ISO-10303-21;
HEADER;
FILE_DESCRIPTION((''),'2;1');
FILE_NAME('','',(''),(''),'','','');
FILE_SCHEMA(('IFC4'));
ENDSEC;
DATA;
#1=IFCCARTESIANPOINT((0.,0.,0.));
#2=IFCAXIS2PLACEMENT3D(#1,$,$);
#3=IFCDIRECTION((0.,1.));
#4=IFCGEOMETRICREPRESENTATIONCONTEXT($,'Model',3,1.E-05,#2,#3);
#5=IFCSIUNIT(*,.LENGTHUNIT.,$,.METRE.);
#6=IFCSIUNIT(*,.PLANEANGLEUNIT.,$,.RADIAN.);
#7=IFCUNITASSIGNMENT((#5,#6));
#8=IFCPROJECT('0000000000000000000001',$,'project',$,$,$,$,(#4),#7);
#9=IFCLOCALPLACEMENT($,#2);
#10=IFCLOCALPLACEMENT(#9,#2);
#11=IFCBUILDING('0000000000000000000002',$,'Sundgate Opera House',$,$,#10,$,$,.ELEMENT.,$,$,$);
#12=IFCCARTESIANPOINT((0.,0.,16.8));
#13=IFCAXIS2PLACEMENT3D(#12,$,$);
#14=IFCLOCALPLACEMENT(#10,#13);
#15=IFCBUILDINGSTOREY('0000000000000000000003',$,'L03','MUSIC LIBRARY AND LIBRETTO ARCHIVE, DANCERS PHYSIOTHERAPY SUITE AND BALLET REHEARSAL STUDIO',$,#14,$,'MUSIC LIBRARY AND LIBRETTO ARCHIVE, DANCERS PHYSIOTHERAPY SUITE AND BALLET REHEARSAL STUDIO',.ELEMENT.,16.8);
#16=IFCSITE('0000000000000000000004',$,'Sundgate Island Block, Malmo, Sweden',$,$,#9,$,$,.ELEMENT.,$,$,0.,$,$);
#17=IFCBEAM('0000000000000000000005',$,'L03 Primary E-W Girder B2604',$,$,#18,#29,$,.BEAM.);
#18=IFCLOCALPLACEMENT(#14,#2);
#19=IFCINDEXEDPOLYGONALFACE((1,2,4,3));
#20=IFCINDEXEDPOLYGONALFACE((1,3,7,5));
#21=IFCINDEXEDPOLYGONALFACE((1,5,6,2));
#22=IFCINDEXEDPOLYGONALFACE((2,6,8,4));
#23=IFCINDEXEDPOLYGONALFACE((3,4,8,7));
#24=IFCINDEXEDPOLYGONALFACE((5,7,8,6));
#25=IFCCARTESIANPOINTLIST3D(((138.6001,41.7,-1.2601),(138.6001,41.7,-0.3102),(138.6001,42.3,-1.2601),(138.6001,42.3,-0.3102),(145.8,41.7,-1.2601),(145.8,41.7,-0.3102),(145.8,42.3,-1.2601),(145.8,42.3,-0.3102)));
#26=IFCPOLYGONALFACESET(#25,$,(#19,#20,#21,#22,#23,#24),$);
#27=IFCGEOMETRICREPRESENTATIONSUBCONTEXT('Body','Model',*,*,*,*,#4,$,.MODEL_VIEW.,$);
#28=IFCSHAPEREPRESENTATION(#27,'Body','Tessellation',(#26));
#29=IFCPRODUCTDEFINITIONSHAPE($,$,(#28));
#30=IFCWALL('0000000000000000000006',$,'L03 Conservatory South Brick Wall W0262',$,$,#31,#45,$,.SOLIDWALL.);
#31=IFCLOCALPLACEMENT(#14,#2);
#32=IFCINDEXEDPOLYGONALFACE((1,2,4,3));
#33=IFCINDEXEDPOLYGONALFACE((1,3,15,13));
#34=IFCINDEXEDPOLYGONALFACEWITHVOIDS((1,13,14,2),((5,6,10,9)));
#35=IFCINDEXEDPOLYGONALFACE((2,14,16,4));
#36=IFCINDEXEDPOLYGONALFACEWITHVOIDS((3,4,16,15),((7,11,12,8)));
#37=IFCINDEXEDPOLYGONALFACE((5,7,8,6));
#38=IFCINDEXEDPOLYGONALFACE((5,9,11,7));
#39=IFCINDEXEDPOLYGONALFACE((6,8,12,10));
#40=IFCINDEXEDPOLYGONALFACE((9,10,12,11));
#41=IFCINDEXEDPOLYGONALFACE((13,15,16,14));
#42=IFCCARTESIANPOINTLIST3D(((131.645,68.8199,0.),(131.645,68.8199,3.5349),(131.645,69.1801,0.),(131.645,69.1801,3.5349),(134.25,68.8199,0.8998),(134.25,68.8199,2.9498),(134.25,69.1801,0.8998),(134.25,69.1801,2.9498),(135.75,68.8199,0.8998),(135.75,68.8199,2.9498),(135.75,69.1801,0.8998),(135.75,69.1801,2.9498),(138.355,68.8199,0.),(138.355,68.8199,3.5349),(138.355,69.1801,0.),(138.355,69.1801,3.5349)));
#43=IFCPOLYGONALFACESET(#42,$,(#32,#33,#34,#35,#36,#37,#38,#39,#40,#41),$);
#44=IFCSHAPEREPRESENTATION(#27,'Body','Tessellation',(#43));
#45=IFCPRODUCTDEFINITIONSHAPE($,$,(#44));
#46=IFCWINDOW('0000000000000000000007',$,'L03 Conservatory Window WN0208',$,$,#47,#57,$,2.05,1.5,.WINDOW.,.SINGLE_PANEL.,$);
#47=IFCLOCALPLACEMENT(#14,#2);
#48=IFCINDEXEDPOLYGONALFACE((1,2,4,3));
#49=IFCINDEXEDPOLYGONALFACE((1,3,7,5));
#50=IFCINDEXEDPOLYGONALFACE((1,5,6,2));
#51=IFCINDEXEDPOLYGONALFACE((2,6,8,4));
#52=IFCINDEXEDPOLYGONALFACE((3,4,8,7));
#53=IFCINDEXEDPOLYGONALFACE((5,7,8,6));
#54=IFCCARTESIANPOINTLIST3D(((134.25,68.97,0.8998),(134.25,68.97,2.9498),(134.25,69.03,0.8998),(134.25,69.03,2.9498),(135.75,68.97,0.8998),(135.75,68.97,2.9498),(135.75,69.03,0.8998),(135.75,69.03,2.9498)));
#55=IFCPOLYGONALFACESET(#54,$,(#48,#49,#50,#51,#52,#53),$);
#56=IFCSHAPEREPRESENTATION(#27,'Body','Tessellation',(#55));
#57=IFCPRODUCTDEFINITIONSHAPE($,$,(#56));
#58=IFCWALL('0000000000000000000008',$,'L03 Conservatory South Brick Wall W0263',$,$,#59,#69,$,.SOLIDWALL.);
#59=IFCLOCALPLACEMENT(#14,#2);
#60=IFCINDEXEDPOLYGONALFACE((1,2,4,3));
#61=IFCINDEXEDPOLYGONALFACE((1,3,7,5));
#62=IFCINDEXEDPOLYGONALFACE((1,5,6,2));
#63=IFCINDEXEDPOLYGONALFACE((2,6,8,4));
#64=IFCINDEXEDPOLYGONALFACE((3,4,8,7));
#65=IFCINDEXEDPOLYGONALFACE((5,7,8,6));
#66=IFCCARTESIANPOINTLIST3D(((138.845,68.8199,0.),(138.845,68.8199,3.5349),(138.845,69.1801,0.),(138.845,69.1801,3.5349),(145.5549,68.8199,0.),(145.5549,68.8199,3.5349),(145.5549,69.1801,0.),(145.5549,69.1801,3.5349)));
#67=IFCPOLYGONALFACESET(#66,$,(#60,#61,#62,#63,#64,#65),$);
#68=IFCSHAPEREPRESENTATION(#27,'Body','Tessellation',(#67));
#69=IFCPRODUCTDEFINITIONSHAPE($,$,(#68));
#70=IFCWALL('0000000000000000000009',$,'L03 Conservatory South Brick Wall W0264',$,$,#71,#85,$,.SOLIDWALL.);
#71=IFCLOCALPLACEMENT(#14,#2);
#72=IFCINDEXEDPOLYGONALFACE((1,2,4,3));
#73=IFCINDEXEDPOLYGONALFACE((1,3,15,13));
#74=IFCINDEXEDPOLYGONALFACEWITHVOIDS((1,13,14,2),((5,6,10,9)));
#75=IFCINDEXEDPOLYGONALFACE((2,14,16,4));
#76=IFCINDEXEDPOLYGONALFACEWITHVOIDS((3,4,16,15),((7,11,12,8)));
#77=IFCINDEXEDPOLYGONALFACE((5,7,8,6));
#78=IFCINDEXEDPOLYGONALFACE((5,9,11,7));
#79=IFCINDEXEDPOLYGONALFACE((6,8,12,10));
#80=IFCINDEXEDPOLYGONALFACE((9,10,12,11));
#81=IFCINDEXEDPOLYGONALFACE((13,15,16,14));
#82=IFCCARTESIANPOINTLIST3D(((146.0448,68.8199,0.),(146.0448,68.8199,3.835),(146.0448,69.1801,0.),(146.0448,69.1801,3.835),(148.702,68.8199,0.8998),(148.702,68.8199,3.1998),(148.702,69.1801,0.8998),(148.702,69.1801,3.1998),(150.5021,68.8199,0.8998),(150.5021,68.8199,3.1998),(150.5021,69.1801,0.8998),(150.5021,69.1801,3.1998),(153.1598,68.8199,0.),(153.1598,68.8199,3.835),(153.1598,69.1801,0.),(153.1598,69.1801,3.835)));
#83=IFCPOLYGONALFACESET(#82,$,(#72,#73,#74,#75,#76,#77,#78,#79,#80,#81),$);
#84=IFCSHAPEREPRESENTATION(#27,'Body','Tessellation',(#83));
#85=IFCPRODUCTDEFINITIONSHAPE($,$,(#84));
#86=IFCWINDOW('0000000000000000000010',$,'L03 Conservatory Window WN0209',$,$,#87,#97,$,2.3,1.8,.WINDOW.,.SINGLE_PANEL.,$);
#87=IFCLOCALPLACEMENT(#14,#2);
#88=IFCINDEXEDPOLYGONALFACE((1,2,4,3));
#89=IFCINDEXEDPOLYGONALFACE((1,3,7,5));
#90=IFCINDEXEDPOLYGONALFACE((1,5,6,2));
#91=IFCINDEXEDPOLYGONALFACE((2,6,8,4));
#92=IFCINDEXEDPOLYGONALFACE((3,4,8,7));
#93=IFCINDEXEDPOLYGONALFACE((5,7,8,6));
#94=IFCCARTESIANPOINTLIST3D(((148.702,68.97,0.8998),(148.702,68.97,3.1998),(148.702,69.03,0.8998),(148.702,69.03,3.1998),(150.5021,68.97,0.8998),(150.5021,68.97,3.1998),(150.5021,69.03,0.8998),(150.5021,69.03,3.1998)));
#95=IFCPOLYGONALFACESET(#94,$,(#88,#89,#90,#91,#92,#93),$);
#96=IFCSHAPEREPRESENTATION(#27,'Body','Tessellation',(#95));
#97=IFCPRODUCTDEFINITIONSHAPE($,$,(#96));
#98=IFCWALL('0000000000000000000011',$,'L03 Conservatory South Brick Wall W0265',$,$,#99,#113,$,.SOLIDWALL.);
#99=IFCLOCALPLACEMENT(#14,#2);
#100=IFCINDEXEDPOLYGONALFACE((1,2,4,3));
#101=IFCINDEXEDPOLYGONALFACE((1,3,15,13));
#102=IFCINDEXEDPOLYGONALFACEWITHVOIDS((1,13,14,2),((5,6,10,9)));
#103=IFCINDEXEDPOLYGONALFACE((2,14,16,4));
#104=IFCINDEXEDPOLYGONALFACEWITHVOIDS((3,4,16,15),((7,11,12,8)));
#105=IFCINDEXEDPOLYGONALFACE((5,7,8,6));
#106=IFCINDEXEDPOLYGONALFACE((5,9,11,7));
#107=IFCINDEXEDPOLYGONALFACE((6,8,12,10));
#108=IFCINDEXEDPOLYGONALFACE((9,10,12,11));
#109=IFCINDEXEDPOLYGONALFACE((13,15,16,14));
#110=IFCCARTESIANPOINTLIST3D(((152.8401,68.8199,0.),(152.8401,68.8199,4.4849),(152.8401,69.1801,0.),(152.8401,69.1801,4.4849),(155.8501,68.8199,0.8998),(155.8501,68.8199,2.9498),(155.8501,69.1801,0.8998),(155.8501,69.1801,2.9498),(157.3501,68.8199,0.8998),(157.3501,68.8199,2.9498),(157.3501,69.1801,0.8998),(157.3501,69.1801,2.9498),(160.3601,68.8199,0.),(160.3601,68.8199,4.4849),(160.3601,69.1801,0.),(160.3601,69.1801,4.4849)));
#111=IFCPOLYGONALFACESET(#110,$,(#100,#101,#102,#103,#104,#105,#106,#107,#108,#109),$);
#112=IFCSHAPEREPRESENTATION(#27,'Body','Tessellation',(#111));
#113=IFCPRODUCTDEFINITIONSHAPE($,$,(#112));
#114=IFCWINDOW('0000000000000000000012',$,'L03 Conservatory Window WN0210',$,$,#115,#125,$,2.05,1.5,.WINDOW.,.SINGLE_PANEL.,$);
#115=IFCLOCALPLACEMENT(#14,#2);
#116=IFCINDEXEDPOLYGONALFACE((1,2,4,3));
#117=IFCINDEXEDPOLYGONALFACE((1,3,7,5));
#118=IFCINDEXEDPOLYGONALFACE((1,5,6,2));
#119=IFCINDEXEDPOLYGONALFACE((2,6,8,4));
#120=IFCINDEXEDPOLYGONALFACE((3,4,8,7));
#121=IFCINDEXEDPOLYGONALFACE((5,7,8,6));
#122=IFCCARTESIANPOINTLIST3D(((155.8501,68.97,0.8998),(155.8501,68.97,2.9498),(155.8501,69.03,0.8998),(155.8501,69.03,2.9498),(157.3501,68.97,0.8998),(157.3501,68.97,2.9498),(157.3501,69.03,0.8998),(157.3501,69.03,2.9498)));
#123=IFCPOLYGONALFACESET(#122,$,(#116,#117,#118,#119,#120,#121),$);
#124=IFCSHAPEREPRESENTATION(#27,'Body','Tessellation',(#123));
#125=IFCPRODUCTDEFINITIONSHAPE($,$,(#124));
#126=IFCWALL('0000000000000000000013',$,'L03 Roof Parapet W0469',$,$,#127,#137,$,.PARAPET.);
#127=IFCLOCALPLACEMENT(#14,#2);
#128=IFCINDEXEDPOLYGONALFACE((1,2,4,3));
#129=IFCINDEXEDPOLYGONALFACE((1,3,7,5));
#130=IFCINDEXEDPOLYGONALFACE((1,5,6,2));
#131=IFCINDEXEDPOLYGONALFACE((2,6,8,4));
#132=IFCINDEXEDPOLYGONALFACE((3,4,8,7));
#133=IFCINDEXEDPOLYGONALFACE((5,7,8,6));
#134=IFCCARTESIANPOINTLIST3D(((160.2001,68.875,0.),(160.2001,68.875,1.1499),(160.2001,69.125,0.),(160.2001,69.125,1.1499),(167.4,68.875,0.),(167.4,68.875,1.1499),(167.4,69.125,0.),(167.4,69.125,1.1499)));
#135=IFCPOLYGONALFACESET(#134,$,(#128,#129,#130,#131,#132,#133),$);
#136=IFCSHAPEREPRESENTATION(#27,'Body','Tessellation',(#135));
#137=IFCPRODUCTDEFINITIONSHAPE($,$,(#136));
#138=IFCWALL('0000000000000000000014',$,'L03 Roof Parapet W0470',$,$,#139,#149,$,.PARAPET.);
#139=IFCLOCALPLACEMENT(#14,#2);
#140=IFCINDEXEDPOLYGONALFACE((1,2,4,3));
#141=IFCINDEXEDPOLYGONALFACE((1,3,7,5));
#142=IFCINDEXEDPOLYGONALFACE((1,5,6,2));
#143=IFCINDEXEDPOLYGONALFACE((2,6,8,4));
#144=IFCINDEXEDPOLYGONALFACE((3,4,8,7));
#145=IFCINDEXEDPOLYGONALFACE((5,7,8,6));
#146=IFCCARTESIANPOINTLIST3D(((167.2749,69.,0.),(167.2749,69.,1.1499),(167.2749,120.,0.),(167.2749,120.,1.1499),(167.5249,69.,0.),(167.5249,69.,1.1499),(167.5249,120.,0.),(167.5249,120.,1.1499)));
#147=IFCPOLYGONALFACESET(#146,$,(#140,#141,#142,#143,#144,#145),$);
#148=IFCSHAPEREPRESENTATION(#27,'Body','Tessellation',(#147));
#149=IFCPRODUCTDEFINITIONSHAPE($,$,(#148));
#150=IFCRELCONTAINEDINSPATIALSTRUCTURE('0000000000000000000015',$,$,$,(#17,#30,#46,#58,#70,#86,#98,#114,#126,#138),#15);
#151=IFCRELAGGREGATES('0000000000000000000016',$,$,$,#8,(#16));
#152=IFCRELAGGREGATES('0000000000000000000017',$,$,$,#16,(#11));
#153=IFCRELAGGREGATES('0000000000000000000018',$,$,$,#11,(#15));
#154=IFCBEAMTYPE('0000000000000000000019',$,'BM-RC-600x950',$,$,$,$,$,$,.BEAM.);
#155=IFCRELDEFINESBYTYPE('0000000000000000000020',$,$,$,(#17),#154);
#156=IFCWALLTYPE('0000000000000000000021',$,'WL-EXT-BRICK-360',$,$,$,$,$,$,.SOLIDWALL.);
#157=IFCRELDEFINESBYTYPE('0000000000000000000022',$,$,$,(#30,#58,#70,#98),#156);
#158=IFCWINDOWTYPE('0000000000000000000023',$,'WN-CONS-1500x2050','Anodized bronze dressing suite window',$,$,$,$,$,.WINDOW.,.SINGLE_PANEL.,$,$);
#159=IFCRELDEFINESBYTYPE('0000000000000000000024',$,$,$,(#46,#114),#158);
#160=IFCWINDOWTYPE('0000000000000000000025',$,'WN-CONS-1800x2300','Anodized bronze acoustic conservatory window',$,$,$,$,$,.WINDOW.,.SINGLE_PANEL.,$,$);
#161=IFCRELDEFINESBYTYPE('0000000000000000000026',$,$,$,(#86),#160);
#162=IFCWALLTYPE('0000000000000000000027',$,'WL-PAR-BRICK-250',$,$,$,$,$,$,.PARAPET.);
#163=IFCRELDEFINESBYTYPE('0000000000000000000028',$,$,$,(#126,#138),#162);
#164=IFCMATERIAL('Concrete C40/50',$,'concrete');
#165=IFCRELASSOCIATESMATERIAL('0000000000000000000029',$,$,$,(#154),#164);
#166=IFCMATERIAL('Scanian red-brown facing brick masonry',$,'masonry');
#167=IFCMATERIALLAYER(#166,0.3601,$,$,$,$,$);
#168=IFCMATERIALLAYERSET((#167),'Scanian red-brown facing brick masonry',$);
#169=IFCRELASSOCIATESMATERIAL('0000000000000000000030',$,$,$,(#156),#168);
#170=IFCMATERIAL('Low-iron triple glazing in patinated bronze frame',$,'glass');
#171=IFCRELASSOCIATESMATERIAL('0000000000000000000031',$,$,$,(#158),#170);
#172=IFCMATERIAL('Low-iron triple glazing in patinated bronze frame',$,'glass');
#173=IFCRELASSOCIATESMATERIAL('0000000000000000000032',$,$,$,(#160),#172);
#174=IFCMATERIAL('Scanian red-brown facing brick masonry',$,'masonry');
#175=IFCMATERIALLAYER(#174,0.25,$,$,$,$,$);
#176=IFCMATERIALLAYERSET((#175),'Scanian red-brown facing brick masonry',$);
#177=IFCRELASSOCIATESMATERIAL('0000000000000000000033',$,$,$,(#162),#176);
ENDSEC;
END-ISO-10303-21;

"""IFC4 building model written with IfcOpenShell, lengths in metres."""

from ifc_helpers import new_model, si_unit, direction, frame, frame_2d, origin, origin_2d, place, context, subcontext, project, spatial, rectangle, extrude, material, layer, layer_set, material_profile, profile_set, type_object, element, fill, save


model = new_model("IFC4")

# Units and contexts
model_context = context("Model", 3, precision=1e-05, world=origin(), true_north=direction((0.0, 1.0)))
body_context = subcontext(model_context, "Body", "Model", "MODEL_VIEW")
ifc_project = project(units=[si_unit("LENGTHUNIT", "METRE"), si_unit("PLANEANGLEUNIT", "RADIAN")], contexts=[model_context])

# Site, building, storey
site_placement = place(None, origin())
site = spatial("IfcSite", under=ifc_project, at=site_placement, Name="Sundgate Island Block, Malmo, Sweden", CompositionType="ELEMENT", RefElevation=0.0)
building_placement = place(site_placement, origin())
building = spatial("IfcBuilding", under=site, at=building_placement, Name="Sundgate Opera House", CompositionType="ELEMENT")
storey_placement = place(building_placement, frame((0.0, 0.0, 16.8)))
storey = spatial("IfcBuildingStorey", under=building, at=storey_placement, Name="L03", Description="MUSIC LIBRARY AND LIBRETTO ARCHIVE, DANCERS PHYSIOTHERAPY SUITE AND BALLET REHEARSAL STUDIO", LongName="MUSIC LIBRARY AND LIBRETTO ARCHIVE, DANCERS PHYSIOTHERAPY SUITE AND BALLET REHEARSAL STUDIO", CompositionType="ELEMENT", Elevation=16.8)

# Beam
ifc_material_1 = material(Name="Concrete C40/50", Category="concrete")
ifc_material_profile_1 = material_profile(ifc_material_1, rectangle(XDim=0.6001, YDim=0.95, at=origin_2d()), Name="RC 600x950")
ifc_profile_set_1 = profile_set([ifc_material_profile_1], Name="Concrete C40/50")
beam_type_1 = type_object("IfcBeamType", Name="BM-RC-600x950", PredefinedType="BEAM", material=ifc_profile_set_1)
beam_1_placement = place(storey_placement, frame((138.6001, 42.0, -0.7852), z_axis=(1.0, 0.0, 0.0), x_axis=(0.0, 1.0, 0.0)))
element("IfcBeam", 1, at=beam_1_placement, inside=storey, type_object=beam_type_1, Name="L03 Primary E-W Girder B2604", PredefinedType="BEAM", context=body_context, shape_type="SweptSolid", body=[
    extrude(rectangle(XDim=0.6001, YDim=0.95, at=origin_2d()), origin(), (0.0, 0.0, 1.0), 7.2),
])

# Wall, opening, window
ifc_material_2 = material(Name="Scanian red-brown facing brick masonry", Category="masonry")
ifc_layer_1 = layer(ifc_material_2, 0.3601)
ifc_layer_set_1 = layer_set([ifc_layer_1], Name="Scanian red-brown facing brick masonry")
wall_type_1 = type_object("IfcWallType", Name="WL-EXT-BRICK-360", PredefinedType="SOLIDWALL", material=ifc_layer_set_1)
wall_1_placement = place(storey_placement, frame((138.355, 69.0, 0.0), z_axis=(0.0, 0.0, 1.0), x_axis=(-1.0, 0.0, 0.0)))
wall_1 = element("IfcWall", 2, at=wall_1_placement, inside=storey, type_object=wall_type_1, Name="L03 Conservatory South Brick Wall W0262", PredefinedType="SOLIDWALL", context=body_context, shape_type="SweptSolid", body=[
    extrude(rectangle(XDim=6.71, YDim=0.3601, at=frame_2d((3.355, 0.0))), origin(), (0.0, 0.0, 1.0), 3.5349),
])
opening_1_placement = place(wall_1_placement, frame((2.605, 0.0, 0.8999)))
opening_1 = element("IfcOpeningElement", 3, at=opening_1_placement, cuts=wall_1, PredefinedType="OPENING", context=body_context, shape_type="SweptSolid", body=[
    extrude(rectangle(XDim=1.5, YDim=2.05, at=frame_2d((0.75, 1.0249))), frame((0.0, 0.1899, 0.0), z_axis=(0.0, -1.0, 0.0), x_axis=(1.0, 0.0, 0.0)), (0.0, 0.0, 1.0), 0.3801),
])
ifc_material_3 = material(Name="Low-iron triple glazing in patinated bronze frame", Category="glass")
window_type_1 = type_object("IfcWindowType", Name="WN-CONS-1500x2050", Description="Anodized bronze dressing suite window", PartitioningType="SINGLE_PANEL", PredefinedType="WINDOW", material=ifc_material_3)
window_1_placement = place(opening_1_placement, origin())
window_1 = element("IfcWindow", 4, at=window_1_placement, inside=storey, type_object=window_type_1, Name="L03 Conservatory Window WN0208", OverallHeight=2.05, OverallWidth=1.5, PartitioningType="SINGLE_PANEL", PredefinedType="WINDOW", context=body_context, shape_type="SweptSolid", body=[
    extrude(rectangle(XDim=1.5, YDim=2.05, at=frame_2d((0.75, 1.0249))), frame((0.0, 0.03, 0.0), z_axis=(0.0, -1.0, 0.0), x_axis=(1.0, 0.0, 0.0)), (0.0, 0.0, 1.0), 0.0601),
])
fill(opening_1, window_1)

# Wall
wall_2_placement = place(storey_placement, frame((145.5549, 69.0, 0.0), z_axis=(0.0, 0.0, 1.0), x_axis=(-1.0, 0.0, 0.0)))
element("IfcWall", 5, at=wall_2_placement, inside=storey, type_object=wall_type_1, Name="L03 Conservatory South Brick Wall W0263", PredefinedType="SOLIDWALL", context=body_context, shape_type="SweptSolid", body=[
    extrude(rectangle(XDim=6.71, YDim=0.3601, at=frame_2d((3.355, 0.0))), origin(), (0.0, 0.0, 1.0), 3.5349),
])

# Walls, openings, windows
wall_3_placement = place(storey_placement, frame((153.1599, 69.0, 0.0), z_axis=(0.0, 0.0, 1.0), x_axis=(-1.0, 0.0, 0.0)))
wall_3 = element("IfcWall", 6, at=wall_3_placement, inside=storey, type_object=wall_type_1, Name="L03 Conservatory South Brick Wall W0264", PredefinedType="SOLIDWALL", context=body_context, shape_type="SweptSolid", body=[
    extrude(rectangle(XDim=7.115, YDim=0.3601, at=frame_2d((3.5576, 0.0))), origin(), (0.0, 0.0, 1.0), 3.835),
])
opening_2_placement = place(wall_3_placement, frame((2.658, 0.0, 0.8999)))
opening_2 = element("IfcOpeningElement", 7, at=opening_2_placement, cuts=wall_3, PredefinedType="OPENING", context=body_context, shape_type="SweptSolid", body=[
    extrude(rectangle(XDim=1.8, YDim=2.3, at=frame_2d((0.8999, 1.1499))), frame((0.0, 0.1899, 0.0), z_axis=(0.0, -1.0, 0.0), x_axis=(1.0, 0.0, 0.0)), (0.0, 0.0, 1.0), 0.3801),
])
ifc_material_4 = material(Name="Low-iron triple glazing in patinated bronze frame", Category="glass")
window_type_2 = type_object("IfcWindowType", Name="WN-CONS-1800x2300", Description="Anodized bronze acoustic conservatory window", PartitioningType="SINGLE_PANEL", PredefinedType="WINDOW", material=ifc_material_4)
window_2_placement = place(opening_2_placement, origin())
window_2 = element("IfcWindow", 8, at=window_2_placement, inside=storey, type_object=window_type_2, Name="L03 Conservatory Window WN0209", OverallHeight=2.3, OverallWidth=1.8, PartitioningType="SINGLE_PANEL", PredefinedType="WINDOW", context=body_context, shape_type="SweptSolid", body=[
    extrude(rectangle(XDim=1.8, YDim=2.3, at=frame_2d((0.8999, 1.1499))), frame((0.0, 0.03, 0.0), z_axis=(0.0, -1.0, 0.0), x_axis=(1.0, 0.0, 0.0)), (0.0, 0.0, 1.0), 0.0601),
])
fill(opening_2, window_2)
wall_4_placement = place(storey_placement, frame((160.3601, 69.0, 0.0), z_axis=(0.0, 0.0, 1.0), x_axis=(-1.0, 0.0, 0.0)))
wall_4 = element("IfcWall", 9, at=wall_4_placement, inside=storey, type_object=wall_type_1, Name="L03 Conservatory South Brick Wall W0265", PredefinedType="SOLIDWALL", context=body_context, shape_type="SweptSolid", body=[
    extrude(rectangle(XDim=7.52, YDim=0.3601, at=frame_2d((3.76, 0.0))), origin(), (0.0, 0.0, 1.0), 4.4849),
])
opening_3_placement = place(wall_4_placement, frame((3.01, 0.0, 0.8999)))
opening_3 = element("IfcOpeningElement", 10, at=opening_3_placement, cuts=wall_4, PredefinedType="OPENING", context=body_context, shape_type="SweptSolid", body=[
    extrude(rectangle(XDim=1.5, YDim=2.05, at=frame_2d((0.75, 1.0249))), frame((0.0, 0.1899, 0.0), z_axis=(0.0, -1.0, 0.0), x_axis=(1.0, 0.0, 0.0)), (0.0, 0.0, 1.0), 0.3801),
])
window_3_placement = place(opening_3_placement, origin())
window_3 = element("IfcWindow", 11, at=window_3_placement, inside=storey, type_object=window_type_1, Name="L03 Conservatory Window WN0210", OverallHeight=2.05, OverallWidth=1.5, PartitioningType="SINGLE_PANEL", PredefinedType="WINDOW", context=body_context, shape_type="SweptSolid", body=[
    extrude(rectangle(XDim=1.5, YDim=2.05, at=frame_2d((0.75, 1.0249))), frame((0.0, 0.03, 0.0), z_axis=(0.0, -1.0, 0.0), x_axis=(1.0, 0.0, 0.0)), (0.0, 0.0, 1.0), 0.0601),
])
fill(opening_3, window_3)

# Walls
ifc_material_5 = material(Name="Scanian red-brown facing brick masonry", Category="masonry")
ifc_layer_2 = layer(ifc_material_5, 0.25)
ifc_layer_set_2 = layer_set([ifc_layer_2], Name="Scanian red-brown facing brick masonry")
wall_type_2 = type_object("IfcWallType", Name="WL-PAR-BRICK-250", PredefinedType="PARAPET", material=ifc_layer_set_2)
wall_5_placement = place(storey_placement, frame((160.2, 69.0, 0.0), z_axis=(0.0, 0.0, 1.0), x_axis=(1.0, 0.0, 0.0)))
element("IfcWall", 12, at=wall_5_placement, inside=storey, type_object=wall_type_2, Name="L03 Roof Parapet W0469", PredefinedType="PARAPET", context=body_context, shape_type="SweptSolid", body=[
    extrude(rectangle(XDim=7.2, YDim=0.25, at=frame_2d((3.6001, 0.0))), origin(), (0.0, 0.0, 1.0), 1.1499),
])
wall_6_placement = place(storey_placement, frame((167.3999, 69.0, 0.0), z_axis=(0.0, 0.0, 1.0), x_axis=(0.0, 1.0, 0.0)))
element("IfcWall", 13, at=wall_6_placement, inside=storey, type_object=wall_type_2, Name="L03 Roof Parapet W0470", PredefinedType="PARAPET", context=body_context, shape_type="SweptSolid", body=[
    extrude(rectangle(XDim=51.0, YDim=0.25, at=frame_2d((25.5, 0.0))), origin(), (0.0, 0.0, 1.0), 1.1499),
])

save(model, "model.ifc")
